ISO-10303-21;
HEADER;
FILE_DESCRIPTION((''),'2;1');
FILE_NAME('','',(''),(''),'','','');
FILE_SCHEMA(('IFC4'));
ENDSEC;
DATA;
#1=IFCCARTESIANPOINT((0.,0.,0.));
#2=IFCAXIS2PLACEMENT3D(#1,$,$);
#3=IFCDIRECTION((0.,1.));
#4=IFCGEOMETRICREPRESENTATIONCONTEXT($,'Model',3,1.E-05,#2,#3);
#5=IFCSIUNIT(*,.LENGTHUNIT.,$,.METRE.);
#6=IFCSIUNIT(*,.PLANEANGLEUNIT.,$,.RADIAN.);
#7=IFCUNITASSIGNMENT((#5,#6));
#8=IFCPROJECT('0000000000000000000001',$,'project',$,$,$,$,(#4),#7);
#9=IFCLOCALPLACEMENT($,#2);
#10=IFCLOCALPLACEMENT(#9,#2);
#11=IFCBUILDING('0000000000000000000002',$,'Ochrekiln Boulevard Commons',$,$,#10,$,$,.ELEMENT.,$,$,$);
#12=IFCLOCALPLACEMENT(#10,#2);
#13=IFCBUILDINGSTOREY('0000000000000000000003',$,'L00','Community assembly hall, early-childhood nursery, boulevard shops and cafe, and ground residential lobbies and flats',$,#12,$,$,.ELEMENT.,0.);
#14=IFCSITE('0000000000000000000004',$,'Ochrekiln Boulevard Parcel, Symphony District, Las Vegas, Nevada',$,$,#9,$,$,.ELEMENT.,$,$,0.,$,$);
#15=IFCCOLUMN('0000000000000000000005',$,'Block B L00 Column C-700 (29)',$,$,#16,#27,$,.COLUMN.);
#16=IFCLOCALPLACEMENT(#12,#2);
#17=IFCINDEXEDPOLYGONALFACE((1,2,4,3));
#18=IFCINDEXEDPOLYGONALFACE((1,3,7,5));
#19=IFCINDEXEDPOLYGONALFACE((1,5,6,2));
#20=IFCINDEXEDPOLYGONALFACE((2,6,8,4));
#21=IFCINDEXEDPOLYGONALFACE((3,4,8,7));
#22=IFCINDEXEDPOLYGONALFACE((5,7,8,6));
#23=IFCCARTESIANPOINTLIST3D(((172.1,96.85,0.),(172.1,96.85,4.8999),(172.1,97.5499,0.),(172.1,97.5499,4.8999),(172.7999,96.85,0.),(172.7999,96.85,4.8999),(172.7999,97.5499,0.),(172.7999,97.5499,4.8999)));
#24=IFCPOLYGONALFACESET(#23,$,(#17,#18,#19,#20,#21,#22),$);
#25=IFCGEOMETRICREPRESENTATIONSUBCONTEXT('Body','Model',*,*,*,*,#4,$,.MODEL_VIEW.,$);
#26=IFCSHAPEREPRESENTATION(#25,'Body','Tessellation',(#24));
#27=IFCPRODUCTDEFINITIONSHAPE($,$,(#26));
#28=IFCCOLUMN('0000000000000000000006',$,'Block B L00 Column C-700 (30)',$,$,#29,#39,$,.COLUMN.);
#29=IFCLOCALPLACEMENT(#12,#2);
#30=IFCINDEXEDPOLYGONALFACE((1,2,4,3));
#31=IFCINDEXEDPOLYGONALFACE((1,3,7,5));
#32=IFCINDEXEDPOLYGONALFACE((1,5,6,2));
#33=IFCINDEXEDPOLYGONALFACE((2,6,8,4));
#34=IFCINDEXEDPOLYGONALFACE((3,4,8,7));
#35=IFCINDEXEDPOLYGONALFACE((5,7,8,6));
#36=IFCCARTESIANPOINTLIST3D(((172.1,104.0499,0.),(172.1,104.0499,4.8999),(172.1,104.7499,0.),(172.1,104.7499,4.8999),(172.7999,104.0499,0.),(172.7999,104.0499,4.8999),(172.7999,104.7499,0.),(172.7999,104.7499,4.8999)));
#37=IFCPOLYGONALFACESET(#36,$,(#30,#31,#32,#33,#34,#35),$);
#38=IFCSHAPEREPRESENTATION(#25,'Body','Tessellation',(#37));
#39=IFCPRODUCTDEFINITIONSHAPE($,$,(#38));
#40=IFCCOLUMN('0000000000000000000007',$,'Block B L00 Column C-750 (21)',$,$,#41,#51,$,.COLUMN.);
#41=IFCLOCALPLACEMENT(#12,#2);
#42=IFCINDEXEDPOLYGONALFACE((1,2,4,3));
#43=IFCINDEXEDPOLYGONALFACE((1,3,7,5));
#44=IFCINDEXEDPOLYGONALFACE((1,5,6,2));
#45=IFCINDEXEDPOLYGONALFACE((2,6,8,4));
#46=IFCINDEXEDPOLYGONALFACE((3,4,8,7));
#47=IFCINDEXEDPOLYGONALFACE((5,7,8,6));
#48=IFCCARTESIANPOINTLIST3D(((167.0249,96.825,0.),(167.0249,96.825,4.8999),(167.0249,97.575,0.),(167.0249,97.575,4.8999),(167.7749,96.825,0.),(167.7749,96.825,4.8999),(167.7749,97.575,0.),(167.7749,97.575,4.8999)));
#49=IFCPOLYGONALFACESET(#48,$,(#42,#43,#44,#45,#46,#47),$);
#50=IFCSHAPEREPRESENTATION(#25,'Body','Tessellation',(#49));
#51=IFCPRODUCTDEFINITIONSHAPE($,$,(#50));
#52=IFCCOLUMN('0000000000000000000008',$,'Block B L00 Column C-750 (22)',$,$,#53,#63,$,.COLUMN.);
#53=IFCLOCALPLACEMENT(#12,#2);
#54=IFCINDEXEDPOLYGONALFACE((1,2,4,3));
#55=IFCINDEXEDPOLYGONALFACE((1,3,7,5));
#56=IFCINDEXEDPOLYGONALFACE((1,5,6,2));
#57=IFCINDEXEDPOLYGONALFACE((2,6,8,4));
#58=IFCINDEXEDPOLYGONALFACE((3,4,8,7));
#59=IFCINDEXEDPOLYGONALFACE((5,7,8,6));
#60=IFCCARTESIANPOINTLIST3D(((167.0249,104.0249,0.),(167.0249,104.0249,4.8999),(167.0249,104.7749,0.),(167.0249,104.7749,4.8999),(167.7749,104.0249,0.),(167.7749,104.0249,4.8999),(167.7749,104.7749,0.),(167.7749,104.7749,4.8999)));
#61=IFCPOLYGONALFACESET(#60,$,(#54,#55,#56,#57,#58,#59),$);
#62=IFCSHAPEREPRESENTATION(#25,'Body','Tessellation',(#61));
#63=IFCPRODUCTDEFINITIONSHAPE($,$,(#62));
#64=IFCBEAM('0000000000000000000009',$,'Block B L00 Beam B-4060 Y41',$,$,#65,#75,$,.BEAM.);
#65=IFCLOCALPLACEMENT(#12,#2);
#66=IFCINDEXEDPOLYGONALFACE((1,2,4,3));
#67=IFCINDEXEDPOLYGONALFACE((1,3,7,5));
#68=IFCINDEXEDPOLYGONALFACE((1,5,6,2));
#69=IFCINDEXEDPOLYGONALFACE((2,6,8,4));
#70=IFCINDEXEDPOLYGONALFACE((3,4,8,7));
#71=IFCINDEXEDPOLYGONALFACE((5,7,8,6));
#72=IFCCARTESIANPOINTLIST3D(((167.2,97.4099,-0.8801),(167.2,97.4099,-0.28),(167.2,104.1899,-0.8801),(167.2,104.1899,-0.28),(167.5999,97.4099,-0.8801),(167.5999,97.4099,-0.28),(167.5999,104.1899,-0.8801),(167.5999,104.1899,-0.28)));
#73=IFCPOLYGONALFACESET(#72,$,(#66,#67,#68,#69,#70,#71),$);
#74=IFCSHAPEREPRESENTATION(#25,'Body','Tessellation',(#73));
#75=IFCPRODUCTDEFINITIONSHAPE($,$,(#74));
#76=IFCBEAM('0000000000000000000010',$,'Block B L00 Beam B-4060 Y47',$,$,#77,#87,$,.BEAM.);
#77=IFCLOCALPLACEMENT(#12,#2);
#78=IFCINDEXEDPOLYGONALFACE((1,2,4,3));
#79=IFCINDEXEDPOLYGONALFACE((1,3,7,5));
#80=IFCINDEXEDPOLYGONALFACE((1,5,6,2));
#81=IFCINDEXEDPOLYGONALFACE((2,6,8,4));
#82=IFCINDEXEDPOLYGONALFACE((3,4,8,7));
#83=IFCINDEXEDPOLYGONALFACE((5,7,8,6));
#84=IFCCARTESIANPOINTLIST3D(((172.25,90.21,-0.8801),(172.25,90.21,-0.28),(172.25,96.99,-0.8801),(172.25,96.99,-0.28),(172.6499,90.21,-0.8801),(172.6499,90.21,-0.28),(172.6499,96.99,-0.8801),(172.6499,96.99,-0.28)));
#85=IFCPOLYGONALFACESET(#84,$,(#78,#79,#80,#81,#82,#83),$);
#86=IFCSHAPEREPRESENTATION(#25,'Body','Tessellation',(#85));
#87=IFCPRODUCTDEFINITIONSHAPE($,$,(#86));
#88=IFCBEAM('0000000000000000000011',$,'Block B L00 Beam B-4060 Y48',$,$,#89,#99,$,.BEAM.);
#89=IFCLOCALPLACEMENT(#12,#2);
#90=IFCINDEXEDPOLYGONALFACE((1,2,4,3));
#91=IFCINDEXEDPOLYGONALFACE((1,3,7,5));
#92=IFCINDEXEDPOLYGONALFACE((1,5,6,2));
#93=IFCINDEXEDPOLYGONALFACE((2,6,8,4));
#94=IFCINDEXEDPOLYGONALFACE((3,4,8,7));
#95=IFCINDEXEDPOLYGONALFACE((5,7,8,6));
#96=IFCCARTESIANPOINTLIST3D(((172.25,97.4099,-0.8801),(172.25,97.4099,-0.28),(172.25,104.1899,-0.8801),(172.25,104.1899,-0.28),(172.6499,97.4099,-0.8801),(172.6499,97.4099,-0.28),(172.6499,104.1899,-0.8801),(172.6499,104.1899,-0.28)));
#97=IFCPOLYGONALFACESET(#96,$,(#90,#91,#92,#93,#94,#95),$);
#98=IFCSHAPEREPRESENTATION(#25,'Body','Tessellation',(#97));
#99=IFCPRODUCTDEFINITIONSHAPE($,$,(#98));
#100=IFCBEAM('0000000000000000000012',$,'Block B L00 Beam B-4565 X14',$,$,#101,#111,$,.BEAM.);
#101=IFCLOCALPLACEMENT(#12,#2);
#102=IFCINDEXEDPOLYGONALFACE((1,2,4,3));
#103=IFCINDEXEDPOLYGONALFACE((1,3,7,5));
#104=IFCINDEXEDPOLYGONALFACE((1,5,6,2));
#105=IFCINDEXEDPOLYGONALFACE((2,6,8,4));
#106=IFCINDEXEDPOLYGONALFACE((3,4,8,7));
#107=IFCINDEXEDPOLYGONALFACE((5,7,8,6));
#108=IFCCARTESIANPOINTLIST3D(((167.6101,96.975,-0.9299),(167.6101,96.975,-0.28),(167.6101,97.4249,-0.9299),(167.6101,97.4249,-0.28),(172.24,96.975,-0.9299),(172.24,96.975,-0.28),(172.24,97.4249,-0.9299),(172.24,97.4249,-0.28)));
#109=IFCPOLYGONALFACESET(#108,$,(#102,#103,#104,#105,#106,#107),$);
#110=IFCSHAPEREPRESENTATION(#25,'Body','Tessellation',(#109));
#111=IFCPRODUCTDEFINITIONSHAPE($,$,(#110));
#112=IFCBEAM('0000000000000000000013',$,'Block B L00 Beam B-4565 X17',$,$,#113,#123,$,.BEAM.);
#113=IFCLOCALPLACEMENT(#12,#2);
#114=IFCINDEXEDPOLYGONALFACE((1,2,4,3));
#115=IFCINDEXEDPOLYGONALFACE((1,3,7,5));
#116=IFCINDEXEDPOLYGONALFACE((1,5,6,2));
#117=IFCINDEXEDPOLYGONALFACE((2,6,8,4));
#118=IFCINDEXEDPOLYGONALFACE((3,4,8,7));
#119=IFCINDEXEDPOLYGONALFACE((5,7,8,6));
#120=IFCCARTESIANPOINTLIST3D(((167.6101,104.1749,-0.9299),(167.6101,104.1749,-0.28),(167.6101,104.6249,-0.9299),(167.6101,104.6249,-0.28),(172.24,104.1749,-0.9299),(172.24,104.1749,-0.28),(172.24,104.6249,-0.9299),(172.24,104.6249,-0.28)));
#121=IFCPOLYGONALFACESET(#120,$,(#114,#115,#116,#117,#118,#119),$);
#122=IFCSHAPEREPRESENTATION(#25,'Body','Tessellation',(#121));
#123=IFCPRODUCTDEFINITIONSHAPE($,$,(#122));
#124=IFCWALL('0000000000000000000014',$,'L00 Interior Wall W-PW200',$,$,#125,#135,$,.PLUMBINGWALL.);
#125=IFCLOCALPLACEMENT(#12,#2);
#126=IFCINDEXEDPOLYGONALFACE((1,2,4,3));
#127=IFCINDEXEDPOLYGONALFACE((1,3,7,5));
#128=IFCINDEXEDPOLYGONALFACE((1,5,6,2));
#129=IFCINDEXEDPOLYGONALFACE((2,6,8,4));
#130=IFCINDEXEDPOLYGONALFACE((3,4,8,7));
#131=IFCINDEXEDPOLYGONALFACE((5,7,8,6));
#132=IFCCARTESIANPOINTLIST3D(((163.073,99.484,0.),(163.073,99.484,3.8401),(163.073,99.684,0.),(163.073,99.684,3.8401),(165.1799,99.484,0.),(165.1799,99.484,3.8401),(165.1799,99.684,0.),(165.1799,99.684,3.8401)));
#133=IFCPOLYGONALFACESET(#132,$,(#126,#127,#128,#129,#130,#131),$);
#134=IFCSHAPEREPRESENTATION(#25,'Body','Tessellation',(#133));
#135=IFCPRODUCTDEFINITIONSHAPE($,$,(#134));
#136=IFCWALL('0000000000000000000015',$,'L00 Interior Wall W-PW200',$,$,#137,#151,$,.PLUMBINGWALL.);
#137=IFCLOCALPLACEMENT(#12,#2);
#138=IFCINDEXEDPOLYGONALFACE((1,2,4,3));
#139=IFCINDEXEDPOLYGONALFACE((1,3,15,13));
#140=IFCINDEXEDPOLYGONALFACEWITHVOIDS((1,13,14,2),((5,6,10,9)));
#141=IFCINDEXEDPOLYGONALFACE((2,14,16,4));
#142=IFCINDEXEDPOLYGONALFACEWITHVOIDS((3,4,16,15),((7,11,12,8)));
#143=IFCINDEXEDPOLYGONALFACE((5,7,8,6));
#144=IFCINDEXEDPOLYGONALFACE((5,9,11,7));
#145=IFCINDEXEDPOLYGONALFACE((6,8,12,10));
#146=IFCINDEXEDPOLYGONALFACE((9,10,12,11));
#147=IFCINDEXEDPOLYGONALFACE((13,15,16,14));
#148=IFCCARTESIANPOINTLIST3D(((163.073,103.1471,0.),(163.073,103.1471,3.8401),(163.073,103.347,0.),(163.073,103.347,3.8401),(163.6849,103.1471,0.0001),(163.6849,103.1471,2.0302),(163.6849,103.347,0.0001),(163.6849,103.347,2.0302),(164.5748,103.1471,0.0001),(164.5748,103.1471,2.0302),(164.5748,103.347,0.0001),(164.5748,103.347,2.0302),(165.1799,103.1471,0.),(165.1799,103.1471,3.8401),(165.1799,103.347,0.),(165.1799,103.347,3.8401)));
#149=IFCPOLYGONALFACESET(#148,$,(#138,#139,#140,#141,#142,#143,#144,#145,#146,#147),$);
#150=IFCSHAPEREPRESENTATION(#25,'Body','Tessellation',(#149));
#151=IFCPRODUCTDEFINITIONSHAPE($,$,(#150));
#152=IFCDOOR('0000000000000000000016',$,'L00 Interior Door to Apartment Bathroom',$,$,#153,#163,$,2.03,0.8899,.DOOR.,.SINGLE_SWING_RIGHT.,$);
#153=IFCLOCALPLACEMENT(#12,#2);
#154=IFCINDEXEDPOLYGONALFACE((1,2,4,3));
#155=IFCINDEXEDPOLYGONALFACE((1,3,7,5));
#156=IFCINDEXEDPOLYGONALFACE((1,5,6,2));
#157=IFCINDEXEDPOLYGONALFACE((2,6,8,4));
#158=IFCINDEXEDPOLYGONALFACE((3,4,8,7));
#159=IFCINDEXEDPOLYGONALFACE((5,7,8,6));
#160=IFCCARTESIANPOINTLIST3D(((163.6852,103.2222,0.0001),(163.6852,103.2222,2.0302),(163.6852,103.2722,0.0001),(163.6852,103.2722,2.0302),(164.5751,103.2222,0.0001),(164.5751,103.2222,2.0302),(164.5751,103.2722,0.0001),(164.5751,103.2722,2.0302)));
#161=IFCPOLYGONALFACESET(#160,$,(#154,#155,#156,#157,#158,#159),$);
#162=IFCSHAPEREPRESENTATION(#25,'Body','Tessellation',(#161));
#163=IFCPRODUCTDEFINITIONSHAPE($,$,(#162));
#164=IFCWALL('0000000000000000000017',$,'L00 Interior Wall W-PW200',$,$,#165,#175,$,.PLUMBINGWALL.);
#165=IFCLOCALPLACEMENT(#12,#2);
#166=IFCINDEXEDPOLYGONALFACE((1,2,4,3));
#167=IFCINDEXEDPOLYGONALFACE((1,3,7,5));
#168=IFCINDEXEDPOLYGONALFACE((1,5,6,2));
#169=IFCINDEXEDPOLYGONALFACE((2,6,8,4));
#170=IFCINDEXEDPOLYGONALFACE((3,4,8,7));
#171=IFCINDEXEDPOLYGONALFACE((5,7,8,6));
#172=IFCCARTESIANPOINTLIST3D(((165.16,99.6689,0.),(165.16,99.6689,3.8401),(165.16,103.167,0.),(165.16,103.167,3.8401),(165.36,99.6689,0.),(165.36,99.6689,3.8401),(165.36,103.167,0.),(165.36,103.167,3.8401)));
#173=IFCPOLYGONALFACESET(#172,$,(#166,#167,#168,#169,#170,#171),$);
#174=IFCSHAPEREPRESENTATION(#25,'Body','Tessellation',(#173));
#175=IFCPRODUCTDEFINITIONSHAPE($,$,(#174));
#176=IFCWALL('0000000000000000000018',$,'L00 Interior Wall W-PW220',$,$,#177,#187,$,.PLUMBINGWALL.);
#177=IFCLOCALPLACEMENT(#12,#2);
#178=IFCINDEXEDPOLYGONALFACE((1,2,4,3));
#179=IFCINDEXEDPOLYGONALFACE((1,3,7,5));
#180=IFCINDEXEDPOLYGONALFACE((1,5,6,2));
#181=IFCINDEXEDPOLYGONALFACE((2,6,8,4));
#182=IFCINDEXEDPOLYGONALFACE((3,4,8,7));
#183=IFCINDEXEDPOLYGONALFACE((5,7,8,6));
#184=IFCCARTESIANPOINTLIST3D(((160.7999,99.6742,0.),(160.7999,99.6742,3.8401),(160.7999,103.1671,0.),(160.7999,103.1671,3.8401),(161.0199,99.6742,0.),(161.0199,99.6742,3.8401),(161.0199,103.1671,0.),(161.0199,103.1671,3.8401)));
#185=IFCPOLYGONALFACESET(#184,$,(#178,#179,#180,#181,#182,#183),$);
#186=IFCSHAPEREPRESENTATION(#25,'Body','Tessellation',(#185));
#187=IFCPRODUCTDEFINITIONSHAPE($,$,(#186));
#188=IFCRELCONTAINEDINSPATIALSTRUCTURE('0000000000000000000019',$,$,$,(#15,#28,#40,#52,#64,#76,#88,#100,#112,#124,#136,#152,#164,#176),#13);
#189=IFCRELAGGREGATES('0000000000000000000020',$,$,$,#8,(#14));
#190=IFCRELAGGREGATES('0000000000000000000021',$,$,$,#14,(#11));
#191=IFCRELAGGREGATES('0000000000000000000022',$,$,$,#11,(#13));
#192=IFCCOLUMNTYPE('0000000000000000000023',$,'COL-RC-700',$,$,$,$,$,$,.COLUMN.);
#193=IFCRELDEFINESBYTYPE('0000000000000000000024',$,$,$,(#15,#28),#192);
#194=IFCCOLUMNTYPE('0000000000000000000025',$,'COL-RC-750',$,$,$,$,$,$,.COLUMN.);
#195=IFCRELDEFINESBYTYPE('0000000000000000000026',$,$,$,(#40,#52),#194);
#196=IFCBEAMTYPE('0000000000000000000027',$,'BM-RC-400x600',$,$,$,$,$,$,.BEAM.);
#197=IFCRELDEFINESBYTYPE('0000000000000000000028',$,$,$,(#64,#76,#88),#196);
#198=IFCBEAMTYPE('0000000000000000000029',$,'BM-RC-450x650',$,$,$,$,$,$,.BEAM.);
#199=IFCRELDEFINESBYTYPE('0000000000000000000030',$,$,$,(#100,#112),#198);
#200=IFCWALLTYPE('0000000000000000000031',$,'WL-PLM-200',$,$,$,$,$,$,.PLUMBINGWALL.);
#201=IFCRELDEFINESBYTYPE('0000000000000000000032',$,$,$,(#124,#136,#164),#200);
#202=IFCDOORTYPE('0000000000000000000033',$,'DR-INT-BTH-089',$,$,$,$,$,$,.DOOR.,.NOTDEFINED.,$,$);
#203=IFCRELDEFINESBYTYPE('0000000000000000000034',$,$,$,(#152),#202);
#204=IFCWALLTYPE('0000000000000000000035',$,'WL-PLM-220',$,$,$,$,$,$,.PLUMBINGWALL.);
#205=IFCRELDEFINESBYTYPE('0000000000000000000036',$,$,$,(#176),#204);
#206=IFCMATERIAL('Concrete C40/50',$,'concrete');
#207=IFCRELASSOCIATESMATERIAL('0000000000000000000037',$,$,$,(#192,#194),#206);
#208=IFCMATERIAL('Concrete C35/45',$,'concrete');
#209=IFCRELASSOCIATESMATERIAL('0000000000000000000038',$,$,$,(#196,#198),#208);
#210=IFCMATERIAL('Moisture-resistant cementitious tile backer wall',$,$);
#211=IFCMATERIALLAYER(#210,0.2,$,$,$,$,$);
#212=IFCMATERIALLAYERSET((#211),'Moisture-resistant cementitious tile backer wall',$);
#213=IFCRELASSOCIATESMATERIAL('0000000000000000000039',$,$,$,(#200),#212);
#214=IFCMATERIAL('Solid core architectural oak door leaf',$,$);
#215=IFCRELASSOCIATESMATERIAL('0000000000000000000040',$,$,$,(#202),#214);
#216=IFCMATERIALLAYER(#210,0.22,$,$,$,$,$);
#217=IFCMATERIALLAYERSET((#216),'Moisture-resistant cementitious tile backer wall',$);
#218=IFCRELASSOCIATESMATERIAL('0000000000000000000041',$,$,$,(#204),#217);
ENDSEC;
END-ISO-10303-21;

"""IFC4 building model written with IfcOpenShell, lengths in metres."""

from ifc_helpers import new_model, si_unit, direction, frame, frame_2d, origin, origin_2d, place, context, subcontext, project, spatial, rectangle, extrude, material, layer, layer_set, material_profile, profile_set, type_object, element, fill, save


model = new_model("IFC4")

# Units and contexts
model_context = context("Model", 3, precision=1e-05, world=origin(), true_north=direction((0.0, 1.0)))
body_context = subcontext(model_context, "Body", "Model", "MODEL_VIEW")
ifc_project = project(units=[si_unit("LENGTHUNIT", "METRE"), si_unit("PLANEANGLEUNIT", "RADIAN")], contexts=[model_context])

# Site, building, storey
site_placement = place(None, origin())
site = spatial("IfcSite", under=ifc_project, at=site_placement, Name="Ochrekiln Boulevard Parcel, Symphony District, Las Vegas, Nevada", CompositionType="ELEMENT", RefElevation=0.0)
building_placement = place(site_placement, origin())
building = spatial("IfcBuilding", under=site, at=building_placement, Name="Ochrekiln Boulevard Commons", CompositionType="ELEMENT")
storey_placement = place(building_placement, origin())
storey = spatial("IfcBuildingStorey", under=building, at=storey_placement, Name="L00", Description="Community assembly hall, early-childhood nursery, boulevard shops and cafe, and ground residential lobbies and flats", CompositionType="ELEMENT", Elevation=0.0)

# Columns
ifc_material_1 = material(Name="Concrete C40/50", Category="concrete")
ifc_material_profile_1 = material_profile(ifc_material_1, rectangle(XDim=0.7, YDim=0.7, at=origin_2d()), Name="RC-COL-700x700")
ifc_profile_set_1 = profile_set([ifc_material_profile_1], Name="Concrete C40/50")
column_type_1 = type_object("IfcColumnType", Name="COL-RC-700", PredefinedType="COLUMN", material=ifc_profile_set_1)
for number, where, z_axis, x_axis, name in (
    (1, (172.45, 97.2, 0.0), (0.0, 0.0, 1.0), (1.0, 0.0, 0.0), "Block B L00 Column C-700 (29)"),
    (2, (172.45, 104.3999, 0.0), (0.0, 0.0, 1.0), (1.0, 0.0, 0.0), "Block B L00 Column C-700 (30)"),
):
    element("IfcColumn", number, at=place(storey_placement, frame(where, z_axis=z_axis, x_axis=x_axis)), inside=storey, type_object=column_type_1, Name=name, PredefinedType="COLUMN", context=body_context, shape_type="SweptSolid", body=[
        extrude(rectangle(XDim=0.7, YDim=0.7, at=origin_2d()), origin(), (0.0, 0.0, 1.0), 4.8999),
    ])
ifc_material_profile_2 = material_profile(ifc_material_1, rectangle(XDim=0.75, YDim=0.75, at=origin_2d()), Name="RC-COL-750x750")
ifc_profile_set_2 = profile_set([ifc_material_profile_2], Name="Concrete C40/50")
column_type_2 = type_object("IfcColumnType", Name="COL-RC-750", PredefinedType="COLUMN", material=ifc_profile_set_2)
for number, where, z_axis, x_axis, name in (
    (3, (167.3999, 97.2, 0.0), (0.0, 0.0, 1.0), (1.0, 0.0, 0.0), "Block B L00 Column C-750 (21)"),
    (4, (167.3999, 104.3999, 0.0), (0.0, 0.0, 1.0), (1.0, 0.0, 0.0), "Block B L00 Column C-750 (22)"),
):
    element("IfcColumn", number, at=place(storey_placement, frame(where, z_axis=z_axis, x_axis=x_axis)), inside=storey, type_object=column_type_2, Name=name, PredefinedType="COLUMN", context=body_context, shape_type="SweptSolid", body=[
        extrude(rectangle(XDim=0.75, YDim=0.75, at=origin_2d()), origin(), (0.0, 0.0, 1.0), 4.8999),
    ])

# Beams
ifc_material_2 = material(Name="Concrete C35/45", Category="concrete")
ifc_material_profile_3 = material_profile(ifc_material_2, rectangle(XDim=0.3999, YDim=0.6001, at=origin_2d()), Name="RC-BM-400x600")
ifc_profile_set_3 = profile_set([ifc_material_profile_3], Name="Concrete C35/45")
beam_type_1 = type_object("IfcBeamType", Name="BM-RC-400x600", PredefinedType="BEAM", material=ifc_profile_set_3)
for number, where, z_axis, x_axis, name in (
    (5, (167.3999, 97.4099, -0.5801), (0.0, 1.0, 0.0), (-1.0, 0.0, 0.0), "Block B L00 Beam B-4060 Y41"),
    (6, (172.45, 90.21, -0.5801), (0.0, 1.0, 0.0), (-1.0, 0.0, 0.0), "Block B L00 Beam B-4060 Y47"),
    (7, (172.45, 97.4099, -0.5801), (0.0, 1.0, 0.0), (-1.0, 0.0, 0.0), "Block B L00 Beam B-4060 Y48"),
):
    element("IfcBeam", number, at=place(storey_placement, frame(where, z_axis=z_axis, x_axis=x_axis)), inside=storey, type_object=beam_type_1, Name=name, PredefinedType="BEAM", context=body_context, shape_type="SweptSolid", body=[
        extrude(rectangle(XDim=0.3999, YDim=0.6001, at=origin_2d()), origin(), (0.0, 0.0, 1.0), 6.78),
    ])
ifc_material_profile_4 = material_profile(ifc_material_2, rectangle(XDim=0.45, YDim=0.6499, at=origin_2d()), Name="RC-BM-450x650")
ifc_profile_set_4 = profile_set([ifc_material_profile_4], Name="Concrete C35/45")
beam_type_2 = type_object("IfcBeamType", Name="BM-RC-450x650", PredefinedType="BEAM", material=ifc_profile_set_4)
for number, where, z_axis, x_axis, name in (
    (8, (167.6101, 97.2, -0.605), (1.0, 0.0, 0.0), (0.0, 1.0, 0.0), "Block B L00 Beam B-4565 X14"),
    (9, (167.6101, 104.3999, -0.605), (1.0, 0.0, 0.0), (0.0, 1.0, 0.0), "Block B L00 Beam B-4565 X17"),
):
    element("IfcBeam", number, at=place(storey_placement, frame(where, z_axis=z_axis, x_axis=x_axis)), inside=storey, type_object=beam_type_2, Name=name, PredefinedType="BEAM", context=body_context, shape_type="SweptSolid", body=[
        extrude(rectangle(XDim=0.45, YDim=0.6499, at=origin_2d()), origin(), (0.0, 0.0, 1.0), 4.6299),
    ])

# Wall
ifc_material_3 = material(Name="Moisture-resistant cementitious tile backer wall")
ifc_layer_1 = layer(ifc_material_3, 0.2)
ifc_layer_set_1 = layer_set([ifc_layer_1], Name="Moisture-resistant cementitious tile backer wall")
wall_type_1 = type_object("IfcWallType", Name="WL-PLM-200", PredefinedType="PLUMBINGWALL", material=ifc_layer_set_1)
wall_1_placement = place(storey_placement, frame((163.073, 99.584, 0.0), z_axis=(0.0, 0.0, 1.0), x_axis=(1.0, 0.0, 0.0)))
element("IfcWall", 10, at=wall_1_placement, inside=storey, type_object=wall_type_1, Name="L00 Interior Wall W-PW200", PredefinedType="PLUMBINGWALL", context=body_context, shape_type="SweptSolid", body=[
    extrude(rectangle(XDim=2.1069, YDim=0.2, at=frame_2d((1.0535, 0.0))), origin(), (0.0, 0.0, 1.0), 3.8401),
])

# Wall, opening, door
wall_2_placement = place(storey_placement, frame((163.073, 103.2471, 0.0), z_axis=(0.0, 0.0, 1.0), x_axis=(1.0, 0.0, 0.0)))
wall_2 = element("IfcWall", 11, at=wall_2_placement, inside=storey, type_object=wall_type_1, Name="L00 Interior Wall W-PW200", PredefinedType="PLUMBINGWALL", context=body_context, shape_type="SweptSolid", body=[
    extrude(rectangle(XDim=2.1069, YDim=0.2, at=frame_2d((1.0535, 0.0))), origin(), (0.0, 0.0, 1.0), 3.8401),
])
opening_1_placement = place(wall_2_placement, frame((0.6121, 0.0, 0.0)))
opening_1 = element("IfcOpeningElement", 12, at=opening_1_placement, cuts=wall_2, PredefinedType="OPENING", context=body_context, shape_type="SweptSolid", body=[
    extrude(rectangle(XDim=0.8899, YDim=2.03, at=frame_2d((0.4448, 1.0151))), frame((0.0, 0.1099, 0.0), z_axis=(0.0, -1.0, 0.0), x_axis=(1.0, 0.0, 0.0)), (0.0, 0.0, 1.0), 0.22),
])
ifc_material_4 = material(Name="Solid core architectural oak door leaf")
door_type_1 = type_object("IfcDoorType", Name="DR-INT-BTH-089", OperationType="NOTDEFINED", PredefinedType="DOOR", material=ifc_material_4)
door_1_placement = place(opening_1_placement, frame((0.8899, 0.0, 0.0), z_axis=(0.0, 0.0, 1.0), x_axis=(-1.0, 0.0, 0.0)))
door_1 = element("IfcDoor", 13, at=door_1_placement, inside=storey, type_object=door_type_1, Name="L00 Interior Door to Apartment Bathroom", OperationType="SINGLE_SWING_RIGHT", OverallHeight=2.03, OverallWidth=0.8899, PredefinedType="DOOR", context=body_context, shape_type="SweptSolid", body=[
    extrude(rectangle(XDim=0.8899, YDim=2.03, at=frame_2d((0.4448, 1.0151))), frame((0.0, 0.0249, 0.0), z_axis=(0.0, -1.0, 0.0), x_axis=(1.0, 0.0, 0.0)), (0.0, 0.0, 1.0), 0.05),
])
fill(opening_1, door_1)

# Walls
wall_3_placement = place(storey_placement, frame((165.26, 99.6689, 0.0), z_axis=(0.0, 0.0, 1.0), x_axis=(0.0, 1.0, 0.0)))
element("IfcWall", 14, at=wall_3_placement, inside=storey, type_object=wall_type_1, Name="L00 Interior Wall W-PW200", PredefinedType="PLUMBINGWALL", context=body_context, shape_type="SweptSolid", body=[
    extrude(rectangle(XDim=3.498, YDim=0.2, at=frame_2d((1.749, 0.0))), origin(), (0.0, 0.0, 1.0), 3.8401),
])
ifc_layer_2 = layer(ifc_material_3, 0.22)
ifc_layer_set_2 = layer_set([ifc_layer_2], Name="Moisture-resistant cementitious tile backer wall")
wall_type_2 = type_object("IfcWallType", Name="WL-PLM-220", PredefinedType="PLUMBINGWALL", material=ifc_layer_set_2)
for number, where, z_axis, x_axis, name in (
    (15, (160.9099, 99.6741, 0.0), (0.0, 0.0, 1.0), (0.0, 1.0, 0.0), "L00 Interior Wall W-PW220"),
):
    element("IfcWall", number, at=place(storey_placement, frame(where, z_axis=z_axis, x_axis=x_axis)), inside=storey, type_object=wall_type_2, Name=name, PredefinedType="PLUMBINGWALL", context=body_context, shape_type="SweptSolid", body=[
        extrude(rectangle(XDim=3.4929, YDim=0.22, at=frame_2d((1.7466, 0.0))), origin(), (0.0, 0.0, 1.0), 3.8401),
    ])

save(model, "model.ifc")
